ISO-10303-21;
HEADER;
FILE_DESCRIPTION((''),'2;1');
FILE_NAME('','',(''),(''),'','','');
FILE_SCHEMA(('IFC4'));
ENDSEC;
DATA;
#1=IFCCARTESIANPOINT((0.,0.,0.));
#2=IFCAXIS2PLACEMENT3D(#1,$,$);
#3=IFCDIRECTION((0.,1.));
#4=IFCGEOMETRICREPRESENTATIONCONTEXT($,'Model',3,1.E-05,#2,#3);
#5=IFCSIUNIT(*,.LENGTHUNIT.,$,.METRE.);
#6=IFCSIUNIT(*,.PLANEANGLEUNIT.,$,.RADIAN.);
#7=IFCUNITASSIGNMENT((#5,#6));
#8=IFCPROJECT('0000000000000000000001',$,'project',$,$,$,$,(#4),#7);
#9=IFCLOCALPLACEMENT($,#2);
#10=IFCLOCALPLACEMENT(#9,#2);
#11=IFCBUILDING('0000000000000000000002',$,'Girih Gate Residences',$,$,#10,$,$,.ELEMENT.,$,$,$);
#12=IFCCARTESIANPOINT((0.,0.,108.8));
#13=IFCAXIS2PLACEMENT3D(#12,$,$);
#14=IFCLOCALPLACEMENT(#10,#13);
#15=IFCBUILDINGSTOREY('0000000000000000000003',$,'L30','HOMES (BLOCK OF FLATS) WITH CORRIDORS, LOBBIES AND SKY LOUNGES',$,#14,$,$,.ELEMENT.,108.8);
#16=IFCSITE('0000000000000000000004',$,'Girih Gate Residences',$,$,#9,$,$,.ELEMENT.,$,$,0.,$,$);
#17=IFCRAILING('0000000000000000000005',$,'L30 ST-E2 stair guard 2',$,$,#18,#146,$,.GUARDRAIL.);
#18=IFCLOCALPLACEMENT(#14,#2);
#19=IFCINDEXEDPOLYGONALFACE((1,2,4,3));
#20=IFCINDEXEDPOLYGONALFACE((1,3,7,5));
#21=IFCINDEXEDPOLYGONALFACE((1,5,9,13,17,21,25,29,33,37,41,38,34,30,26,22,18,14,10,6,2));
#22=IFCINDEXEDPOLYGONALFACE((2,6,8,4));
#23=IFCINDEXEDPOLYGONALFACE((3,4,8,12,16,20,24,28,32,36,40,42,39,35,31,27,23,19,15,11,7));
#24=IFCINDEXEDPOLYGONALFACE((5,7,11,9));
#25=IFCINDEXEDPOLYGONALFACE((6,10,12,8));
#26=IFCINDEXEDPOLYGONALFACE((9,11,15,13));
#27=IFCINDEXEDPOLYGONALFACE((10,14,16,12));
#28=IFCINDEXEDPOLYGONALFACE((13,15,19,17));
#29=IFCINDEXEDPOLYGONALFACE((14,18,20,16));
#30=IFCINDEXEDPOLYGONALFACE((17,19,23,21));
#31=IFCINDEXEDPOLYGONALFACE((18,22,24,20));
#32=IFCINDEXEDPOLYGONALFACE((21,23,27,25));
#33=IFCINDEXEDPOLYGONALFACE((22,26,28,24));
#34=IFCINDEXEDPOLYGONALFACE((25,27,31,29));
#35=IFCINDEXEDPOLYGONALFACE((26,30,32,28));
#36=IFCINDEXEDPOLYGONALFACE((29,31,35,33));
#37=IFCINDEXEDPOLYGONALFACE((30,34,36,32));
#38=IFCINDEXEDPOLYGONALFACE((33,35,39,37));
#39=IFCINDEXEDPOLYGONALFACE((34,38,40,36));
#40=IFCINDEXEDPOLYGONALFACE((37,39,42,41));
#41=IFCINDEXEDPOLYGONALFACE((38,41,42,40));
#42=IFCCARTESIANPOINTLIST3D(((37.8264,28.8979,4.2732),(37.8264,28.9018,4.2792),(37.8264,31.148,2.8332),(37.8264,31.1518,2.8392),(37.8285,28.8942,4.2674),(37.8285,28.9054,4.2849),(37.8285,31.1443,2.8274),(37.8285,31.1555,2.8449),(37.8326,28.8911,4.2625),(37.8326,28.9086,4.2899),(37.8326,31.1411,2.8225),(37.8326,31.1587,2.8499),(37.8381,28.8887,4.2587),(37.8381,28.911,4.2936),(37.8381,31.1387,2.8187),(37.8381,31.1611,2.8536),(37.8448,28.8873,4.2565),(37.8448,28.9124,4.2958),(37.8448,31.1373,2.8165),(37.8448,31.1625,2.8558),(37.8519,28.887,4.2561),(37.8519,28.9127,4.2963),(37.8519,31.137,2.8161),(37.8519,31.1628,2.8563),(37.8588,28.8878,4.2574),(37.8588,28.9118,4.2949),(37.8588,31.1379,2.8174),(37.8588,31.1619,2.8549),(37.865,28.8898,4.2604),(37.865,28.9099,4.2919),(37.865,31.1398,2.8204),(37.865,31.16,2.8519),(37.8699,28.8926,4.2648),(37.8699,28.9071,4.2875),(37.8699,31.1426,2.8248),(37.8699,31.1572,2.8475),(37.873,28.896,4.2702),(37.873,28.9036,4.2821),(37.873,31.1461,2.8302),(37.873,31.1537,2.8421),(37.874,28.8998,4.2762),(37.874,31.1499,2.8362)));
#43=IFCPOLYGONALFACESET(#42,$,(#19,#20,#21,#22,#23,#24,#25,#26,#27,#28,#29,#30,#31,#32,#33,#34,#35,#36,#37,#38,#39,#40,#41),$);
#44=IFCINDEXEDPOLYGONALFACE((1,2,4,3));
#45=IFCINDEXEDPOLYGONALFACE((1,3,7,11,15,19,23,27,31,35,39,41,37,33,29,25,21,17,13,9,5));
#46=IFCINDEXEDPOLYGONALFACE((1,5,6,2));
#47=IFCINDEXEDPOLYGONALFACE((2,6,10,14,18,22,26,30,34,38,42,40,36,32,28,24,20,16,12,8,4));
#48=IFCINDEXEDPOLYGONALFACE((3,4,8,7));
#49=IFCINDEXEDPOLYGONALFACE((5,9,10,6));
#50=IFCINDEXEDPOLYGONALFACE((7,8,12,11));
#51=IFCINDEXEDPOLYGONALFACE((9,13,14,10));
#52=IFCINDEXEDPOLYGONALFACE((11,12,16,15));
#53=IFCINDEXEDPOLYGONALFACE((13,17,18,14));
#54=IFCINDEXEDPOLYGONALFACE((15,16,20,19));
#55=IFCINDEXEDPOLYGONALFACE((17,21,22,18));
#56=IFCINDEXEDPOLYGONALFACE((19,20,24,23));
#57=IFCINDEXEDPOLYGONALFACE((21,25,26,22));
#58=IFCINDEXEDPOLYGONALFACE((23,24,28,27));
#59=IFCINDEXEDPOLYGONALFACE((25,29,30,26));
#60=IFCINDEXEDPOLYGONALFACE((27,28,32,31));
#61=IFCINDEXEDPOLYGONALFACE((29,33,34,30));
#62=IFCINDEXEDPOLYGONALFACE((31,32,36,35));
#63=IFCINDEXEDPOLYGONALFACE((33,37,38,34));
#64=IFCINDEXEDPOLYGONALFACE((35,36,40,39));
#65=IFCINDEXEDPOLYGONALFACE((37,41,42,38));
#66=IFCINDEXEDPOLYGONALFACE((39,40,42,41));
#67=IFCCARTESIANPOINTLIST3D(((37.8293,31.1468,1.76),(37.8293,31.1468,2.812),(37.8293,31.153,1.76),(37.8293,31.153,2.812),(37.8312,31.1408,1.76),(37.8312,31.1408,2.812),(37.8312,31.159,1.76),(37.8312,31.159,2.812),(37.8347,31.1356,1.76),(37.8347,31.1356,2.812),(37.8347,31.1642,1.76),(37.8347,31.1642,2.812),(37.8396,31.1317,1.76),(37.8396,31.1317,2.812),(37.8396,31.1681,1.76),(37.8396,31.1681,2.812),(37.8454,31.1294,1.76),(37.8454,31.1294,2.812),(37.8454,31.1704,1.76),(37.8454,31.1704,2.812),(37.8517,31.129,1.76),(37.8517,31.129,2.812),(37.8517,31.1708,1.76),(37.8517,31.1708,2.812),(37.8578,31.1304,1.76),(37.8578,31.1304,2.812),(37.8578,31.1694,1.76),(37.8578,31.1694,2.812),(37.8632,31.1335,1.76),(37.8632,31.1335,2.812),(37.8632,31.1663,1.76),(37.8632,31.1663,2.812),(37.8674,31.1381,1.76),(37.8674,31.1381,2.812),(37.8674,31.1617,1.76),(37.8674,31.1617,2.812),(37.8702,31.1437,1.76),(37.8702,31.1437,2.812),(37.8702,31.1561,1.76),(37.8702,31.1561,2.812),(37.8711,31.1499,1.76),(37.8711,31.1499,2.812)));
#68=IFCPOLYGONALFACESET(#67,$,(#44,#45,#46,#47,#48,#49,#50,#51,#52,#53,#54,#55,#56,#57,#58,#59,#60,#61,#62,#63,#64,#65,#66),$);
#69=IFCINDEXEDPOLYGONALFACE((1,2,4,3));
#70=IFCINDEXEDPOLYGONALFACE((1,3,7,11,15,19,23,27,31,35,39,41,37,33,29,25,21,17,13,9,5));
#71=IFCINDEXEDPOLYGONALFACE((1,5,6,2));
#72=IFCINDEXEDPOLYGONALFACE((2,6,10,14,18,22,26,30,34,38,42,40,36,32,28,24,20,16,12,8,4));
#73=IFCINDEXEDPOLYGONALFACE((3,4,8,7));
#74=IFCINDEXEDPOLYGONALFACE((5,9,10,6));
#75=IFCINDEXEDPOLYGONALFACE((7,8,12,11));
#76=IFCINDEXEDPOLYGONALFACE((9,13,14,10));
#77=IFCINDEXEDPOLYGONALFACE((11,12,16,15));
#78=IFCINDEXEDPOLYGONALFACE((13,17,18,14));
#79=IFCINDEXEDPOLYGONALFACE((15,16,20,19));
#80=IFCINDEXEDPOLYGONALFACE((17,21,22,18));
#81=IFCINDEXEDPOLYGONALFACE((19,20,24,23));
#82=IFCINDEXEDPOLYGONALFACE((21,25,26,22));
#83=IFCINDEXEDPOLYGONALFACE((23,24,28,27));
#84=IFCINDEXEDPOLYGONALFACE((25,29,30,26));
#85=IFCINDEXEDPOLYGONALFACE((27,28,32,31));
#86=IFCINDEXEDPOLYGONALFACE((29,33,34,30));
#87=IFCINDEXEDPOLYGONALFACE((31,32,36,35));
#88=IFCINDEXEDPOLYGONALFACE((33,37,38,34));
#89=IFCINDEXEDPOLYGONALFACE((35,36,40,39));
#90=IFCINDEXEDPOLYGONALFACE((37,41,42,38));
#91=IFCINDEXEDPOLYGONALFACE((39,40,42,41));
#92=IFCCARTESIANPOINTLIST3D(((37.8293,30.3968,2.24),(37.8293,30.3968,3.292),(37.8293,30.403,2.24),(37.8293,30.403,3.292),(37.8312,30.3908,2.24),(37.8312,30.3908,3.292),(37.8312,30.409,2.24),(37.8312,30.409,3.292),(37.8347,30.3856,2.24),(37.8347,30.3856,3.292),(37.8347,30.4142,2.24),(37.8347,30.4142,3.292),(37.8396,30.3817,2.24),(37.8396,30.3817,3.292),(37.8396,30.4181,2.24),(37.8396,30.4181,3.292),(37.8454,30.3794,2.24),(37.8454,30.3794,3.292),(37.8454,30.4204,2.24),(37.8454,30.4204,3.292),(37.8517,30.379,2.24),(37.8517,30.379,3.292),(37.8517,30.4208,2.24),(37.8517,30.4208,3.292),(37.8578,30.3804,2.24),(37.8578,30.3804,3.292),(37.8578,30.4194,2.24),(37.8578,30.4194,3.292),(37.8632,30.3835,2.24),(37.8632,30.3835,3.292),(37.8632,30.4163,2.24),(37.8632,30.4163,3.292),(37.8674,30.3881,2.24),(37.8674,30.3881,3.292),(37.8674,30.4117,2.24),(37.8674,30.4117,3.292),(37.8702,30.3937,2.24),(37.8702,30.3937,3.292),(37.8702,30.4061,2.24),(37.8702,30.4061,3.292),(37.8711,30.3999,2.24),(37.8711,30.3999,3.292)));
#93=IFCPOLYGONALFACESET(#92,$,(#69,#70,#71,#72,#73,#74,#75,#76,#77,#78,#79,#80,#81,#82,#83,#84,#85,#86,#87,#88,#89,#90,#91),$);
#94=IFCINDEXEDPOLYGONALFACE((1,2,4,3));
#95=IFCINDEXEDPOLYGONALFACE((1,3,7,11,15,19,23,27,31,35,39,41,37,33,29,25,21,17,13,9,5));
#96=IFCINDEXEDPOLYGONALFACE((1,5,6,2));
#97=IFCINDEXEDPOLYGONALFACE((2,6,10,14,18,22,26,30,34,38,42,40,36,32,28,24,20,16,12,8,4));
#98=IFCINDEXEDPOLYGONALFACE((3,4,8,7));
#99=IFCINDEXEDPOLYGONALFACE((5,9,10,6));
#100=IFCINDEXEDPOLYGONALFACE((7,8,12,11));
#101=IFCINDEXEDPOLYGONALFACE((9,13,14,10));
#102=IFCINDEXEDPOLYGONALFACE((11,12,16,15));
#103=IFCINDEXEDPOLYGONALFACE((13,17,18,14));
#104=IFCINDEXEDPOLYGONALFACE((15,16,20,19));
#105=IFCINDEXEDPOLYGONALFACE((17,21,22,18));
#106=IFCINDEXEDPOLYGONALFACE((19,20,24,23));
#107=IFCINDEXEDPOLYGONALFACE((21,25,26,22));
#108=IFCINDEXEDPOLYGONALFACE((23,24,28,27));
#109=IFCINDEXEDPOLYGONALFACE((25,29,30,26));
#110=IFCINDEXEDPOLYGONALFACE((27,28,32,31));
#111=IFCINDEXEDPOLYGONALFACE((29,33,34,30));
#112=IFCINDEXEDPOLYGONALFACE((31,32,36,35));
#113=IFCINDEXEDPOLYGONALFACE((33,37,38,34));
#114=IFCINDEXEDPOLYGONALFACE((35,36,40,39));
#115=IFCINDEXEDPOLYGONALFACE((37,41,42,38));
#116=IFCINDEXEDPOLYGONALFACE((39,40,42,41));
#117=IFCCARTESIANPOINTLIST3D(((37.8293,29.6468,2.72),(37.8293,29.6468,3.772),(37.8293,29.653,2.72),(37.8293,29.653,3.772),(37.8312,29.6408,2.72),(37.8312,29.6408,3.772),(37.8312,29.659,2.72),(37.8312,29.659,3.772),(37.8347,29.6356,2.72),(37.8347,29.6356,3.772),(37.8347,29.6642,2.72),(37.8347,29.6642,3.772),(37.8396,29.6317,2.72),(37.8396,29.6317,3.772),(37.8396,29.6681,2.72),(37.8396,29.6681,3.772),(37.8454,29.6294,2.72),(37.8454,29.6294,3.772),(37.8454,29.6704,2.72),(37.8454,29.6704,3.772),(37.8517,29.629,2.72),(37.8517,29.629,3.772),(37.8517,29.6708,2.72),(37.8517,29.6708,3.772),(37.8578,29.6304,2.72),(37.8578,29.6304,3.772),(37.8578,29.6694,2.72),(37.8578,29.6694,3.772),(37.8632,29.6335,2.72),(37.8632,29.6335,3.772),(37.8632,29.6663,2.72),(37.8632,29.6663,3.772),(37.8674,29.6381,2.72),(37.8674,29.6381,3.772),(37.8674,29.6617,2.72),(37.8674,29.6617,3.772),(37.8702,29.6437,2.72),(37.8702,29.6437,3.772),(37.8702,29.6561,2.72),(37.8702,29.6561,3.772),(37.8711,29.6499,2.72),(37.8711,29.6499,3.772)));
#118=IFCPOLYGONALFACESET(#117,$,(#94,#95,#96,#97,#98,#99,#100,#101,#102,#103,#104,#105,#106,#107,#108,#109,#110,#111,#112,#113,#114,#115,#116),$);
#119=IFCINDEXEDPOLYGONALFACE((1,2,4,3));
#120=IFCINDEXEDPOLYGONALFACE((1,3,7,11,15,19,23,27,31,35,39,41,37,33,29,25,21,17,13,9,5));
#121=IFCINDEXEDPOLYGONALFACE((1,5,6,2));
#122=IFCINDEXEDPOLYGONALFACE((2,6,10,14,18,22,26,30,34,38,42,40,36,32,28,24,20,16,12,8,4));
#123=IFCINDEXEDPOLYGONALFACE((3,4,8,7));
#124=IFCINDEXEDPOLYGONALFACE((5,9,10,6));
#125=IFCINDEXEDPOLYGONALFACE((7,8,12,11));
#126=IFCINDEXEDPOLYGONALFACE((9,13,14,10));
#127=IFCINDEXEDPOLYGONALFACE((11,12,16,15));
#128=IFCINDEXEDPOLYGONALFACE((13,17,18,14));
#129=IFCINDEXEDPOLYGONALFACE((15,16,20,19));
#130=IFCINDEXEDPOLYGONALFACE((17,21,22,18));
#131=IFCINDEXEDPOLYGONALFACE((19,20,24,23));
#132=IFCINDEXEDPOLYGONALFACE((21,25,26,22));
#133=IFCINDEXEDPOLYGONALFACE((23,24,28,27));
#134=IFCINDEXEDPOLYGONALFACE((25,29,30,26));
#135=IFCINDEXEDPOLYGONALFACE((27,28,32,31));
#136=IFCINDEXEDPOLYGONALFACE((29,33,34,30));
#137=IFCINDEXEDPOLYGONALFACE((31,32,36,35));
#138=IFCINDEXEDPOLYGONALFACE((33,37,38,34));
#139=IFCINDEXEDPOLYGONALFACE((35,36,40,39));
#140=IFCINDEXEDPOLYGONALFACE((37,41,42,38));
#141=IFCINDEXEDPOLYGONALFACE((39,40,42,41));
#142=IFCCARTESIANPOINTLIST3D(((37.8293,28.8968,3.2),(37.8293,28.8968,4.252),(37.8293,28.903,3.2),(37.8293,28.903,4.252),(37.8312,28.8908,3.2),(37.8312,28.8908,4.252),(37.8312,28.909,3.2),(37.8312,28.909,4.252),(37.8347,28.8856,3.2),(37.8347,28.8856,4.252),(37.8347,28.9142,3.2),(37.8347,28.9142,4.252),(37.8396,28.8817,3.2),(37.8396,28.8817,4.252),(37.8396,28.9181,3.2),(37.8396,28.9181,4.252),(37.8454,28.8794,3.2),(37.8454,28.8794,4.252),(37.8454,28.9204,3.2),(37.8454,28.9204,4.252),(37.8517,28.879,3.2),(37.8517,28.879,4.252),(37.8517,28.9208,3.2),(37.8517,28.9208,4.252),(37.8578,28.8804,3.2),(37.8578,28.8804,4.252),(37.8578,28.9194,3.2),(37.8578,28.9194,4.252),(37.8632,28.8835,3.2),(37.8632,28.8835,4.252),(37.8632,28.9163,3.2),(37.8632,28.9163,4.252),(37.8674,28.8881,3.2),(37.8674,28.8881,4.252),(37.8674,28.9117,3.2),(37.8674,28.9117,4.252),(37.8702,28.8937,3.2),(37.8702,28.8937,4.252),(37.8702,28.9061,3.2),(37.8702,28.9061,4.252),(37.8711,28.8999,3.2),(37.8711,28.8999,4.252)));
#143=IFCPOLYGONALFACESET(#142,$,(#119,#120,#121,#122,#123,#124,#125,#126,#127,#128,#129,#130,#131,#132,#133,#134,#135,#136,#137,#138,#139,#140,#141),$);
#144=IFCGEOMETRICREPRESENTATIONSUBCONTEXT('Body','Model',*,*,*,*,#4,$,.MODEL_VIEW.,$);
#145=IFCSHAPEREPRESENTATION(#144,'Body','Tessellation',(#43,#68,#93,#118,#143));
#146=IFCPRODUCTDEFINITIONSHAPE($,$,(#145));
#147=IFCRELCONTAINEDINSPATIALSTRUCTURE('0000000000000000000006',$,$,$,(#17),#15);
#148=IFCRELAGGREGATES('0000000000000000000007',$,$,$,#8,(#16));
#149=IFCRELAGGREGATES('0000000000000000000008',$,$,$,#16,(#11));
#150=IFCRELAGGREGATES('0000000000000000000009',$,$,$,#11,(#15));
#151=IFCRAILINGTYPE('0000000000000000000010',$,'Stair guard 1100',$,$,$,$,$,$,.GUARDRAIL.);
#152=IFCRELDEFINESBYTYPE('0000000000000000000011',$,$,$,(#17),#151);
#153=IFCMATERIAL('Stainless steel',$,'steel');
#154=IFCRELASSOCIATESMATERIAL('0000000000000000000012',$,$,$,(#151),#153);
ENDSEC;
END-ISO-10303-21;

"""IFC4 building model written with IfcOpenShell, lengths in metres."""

from ifc_helpers import new_model, si_unit, direction, frame, origin, origin_2d, place, context, subcontext, project, spatial, circle, extrude, material, type_object, element, save


model = new_model("IFC4")

# Units and contexts
model_context = context("Model", 3, precision=1e-05, world=origin(), true_north=direction((0.0, 1.0)))
body_context = subcontext(model_context, "Body", "Model", "MODEL_VIEW")
ifc_project = project(units=[si_unit("LENGTHUNIT", "METRE"), si_unit("PLANEANGLEUNIT", "RADIAN")], contexts=[model_context])

# Site, building, storey
site_placement = place(None, origin())
site = spatial("IfcSite", under=ifc_project, at=site_placement, Name="Girih Gate Residences", CompositionType="ELEMENT", RefElevation=0.0)
building_placement = place(site_placement, origin())
building = spatial("IfcBuilding", under=site, at=building_placement, Name="Girih Gate Residences", CompositionType="ELEMENT")
storey_placement = place(building_placement, frame((0.0, 0.0, 108.8)))
storey = spatial("IfcBuildingStorey", under=building, at=storey_placement, Name="L30", Description="HOMES (BLOCK OF FLATS) WITH CORRIDORS, LOBBIES AND SKY LOUNGES", CompositionType="ELEMENT", Elevation=108.8)

# Railing
ifc_material_1 = material(Name="Stainless steel", Category="steel")
railing_type_1 = type_object("IfcRailingType", Name="Stair guard 1100", PredefinedType="GUARDRAIL", material=ifc_material_1)
railing_1_placement = place(storey_placement, frame((37.8501, 31.1499, 1.76)))
element("IfcRailing", 1, at=railing_1_placement, inside=storey, type_object=railing_type_1, Name="L30 ST-E2 stair guard 2", PredefinedType="GUARDRAIL", context=body_context, shape_type="SweptSolid", body=[
    extrude(circle(Radius=0.0239, at=origin_2d()), frame((0.0, 0.0, 1.0762), z_axis=(0.0, -0.842281, 0.539038), x_axis=(1.0, 0.0, 0.0)), (0.0, 0.0, 1.0), 2.6714),
    extrude(circle(Radius=0.021, at=origin_2d()), origin(), (0.0, 0.0, 1.0), 1.052),
    extrude(circle(Radius=0.021, at=origin_2d()), frame((0.0, -0.75, 0.48)), (0.0, 0.0, 1.0), 1.052),
    extrude(circle(Radius=0.021, at=origin_2d()), frame((0.0, -1.5, 0.96)), (0.0, 0.0, 1.0), 1.052),
    extrude(circle(Radius=0.021, at=origin_2d()), frame((0.0, -2.25, 1.4399)), (0.0, 0.0, 1.0), 1.052),
])

save(model, "model.ifc")
